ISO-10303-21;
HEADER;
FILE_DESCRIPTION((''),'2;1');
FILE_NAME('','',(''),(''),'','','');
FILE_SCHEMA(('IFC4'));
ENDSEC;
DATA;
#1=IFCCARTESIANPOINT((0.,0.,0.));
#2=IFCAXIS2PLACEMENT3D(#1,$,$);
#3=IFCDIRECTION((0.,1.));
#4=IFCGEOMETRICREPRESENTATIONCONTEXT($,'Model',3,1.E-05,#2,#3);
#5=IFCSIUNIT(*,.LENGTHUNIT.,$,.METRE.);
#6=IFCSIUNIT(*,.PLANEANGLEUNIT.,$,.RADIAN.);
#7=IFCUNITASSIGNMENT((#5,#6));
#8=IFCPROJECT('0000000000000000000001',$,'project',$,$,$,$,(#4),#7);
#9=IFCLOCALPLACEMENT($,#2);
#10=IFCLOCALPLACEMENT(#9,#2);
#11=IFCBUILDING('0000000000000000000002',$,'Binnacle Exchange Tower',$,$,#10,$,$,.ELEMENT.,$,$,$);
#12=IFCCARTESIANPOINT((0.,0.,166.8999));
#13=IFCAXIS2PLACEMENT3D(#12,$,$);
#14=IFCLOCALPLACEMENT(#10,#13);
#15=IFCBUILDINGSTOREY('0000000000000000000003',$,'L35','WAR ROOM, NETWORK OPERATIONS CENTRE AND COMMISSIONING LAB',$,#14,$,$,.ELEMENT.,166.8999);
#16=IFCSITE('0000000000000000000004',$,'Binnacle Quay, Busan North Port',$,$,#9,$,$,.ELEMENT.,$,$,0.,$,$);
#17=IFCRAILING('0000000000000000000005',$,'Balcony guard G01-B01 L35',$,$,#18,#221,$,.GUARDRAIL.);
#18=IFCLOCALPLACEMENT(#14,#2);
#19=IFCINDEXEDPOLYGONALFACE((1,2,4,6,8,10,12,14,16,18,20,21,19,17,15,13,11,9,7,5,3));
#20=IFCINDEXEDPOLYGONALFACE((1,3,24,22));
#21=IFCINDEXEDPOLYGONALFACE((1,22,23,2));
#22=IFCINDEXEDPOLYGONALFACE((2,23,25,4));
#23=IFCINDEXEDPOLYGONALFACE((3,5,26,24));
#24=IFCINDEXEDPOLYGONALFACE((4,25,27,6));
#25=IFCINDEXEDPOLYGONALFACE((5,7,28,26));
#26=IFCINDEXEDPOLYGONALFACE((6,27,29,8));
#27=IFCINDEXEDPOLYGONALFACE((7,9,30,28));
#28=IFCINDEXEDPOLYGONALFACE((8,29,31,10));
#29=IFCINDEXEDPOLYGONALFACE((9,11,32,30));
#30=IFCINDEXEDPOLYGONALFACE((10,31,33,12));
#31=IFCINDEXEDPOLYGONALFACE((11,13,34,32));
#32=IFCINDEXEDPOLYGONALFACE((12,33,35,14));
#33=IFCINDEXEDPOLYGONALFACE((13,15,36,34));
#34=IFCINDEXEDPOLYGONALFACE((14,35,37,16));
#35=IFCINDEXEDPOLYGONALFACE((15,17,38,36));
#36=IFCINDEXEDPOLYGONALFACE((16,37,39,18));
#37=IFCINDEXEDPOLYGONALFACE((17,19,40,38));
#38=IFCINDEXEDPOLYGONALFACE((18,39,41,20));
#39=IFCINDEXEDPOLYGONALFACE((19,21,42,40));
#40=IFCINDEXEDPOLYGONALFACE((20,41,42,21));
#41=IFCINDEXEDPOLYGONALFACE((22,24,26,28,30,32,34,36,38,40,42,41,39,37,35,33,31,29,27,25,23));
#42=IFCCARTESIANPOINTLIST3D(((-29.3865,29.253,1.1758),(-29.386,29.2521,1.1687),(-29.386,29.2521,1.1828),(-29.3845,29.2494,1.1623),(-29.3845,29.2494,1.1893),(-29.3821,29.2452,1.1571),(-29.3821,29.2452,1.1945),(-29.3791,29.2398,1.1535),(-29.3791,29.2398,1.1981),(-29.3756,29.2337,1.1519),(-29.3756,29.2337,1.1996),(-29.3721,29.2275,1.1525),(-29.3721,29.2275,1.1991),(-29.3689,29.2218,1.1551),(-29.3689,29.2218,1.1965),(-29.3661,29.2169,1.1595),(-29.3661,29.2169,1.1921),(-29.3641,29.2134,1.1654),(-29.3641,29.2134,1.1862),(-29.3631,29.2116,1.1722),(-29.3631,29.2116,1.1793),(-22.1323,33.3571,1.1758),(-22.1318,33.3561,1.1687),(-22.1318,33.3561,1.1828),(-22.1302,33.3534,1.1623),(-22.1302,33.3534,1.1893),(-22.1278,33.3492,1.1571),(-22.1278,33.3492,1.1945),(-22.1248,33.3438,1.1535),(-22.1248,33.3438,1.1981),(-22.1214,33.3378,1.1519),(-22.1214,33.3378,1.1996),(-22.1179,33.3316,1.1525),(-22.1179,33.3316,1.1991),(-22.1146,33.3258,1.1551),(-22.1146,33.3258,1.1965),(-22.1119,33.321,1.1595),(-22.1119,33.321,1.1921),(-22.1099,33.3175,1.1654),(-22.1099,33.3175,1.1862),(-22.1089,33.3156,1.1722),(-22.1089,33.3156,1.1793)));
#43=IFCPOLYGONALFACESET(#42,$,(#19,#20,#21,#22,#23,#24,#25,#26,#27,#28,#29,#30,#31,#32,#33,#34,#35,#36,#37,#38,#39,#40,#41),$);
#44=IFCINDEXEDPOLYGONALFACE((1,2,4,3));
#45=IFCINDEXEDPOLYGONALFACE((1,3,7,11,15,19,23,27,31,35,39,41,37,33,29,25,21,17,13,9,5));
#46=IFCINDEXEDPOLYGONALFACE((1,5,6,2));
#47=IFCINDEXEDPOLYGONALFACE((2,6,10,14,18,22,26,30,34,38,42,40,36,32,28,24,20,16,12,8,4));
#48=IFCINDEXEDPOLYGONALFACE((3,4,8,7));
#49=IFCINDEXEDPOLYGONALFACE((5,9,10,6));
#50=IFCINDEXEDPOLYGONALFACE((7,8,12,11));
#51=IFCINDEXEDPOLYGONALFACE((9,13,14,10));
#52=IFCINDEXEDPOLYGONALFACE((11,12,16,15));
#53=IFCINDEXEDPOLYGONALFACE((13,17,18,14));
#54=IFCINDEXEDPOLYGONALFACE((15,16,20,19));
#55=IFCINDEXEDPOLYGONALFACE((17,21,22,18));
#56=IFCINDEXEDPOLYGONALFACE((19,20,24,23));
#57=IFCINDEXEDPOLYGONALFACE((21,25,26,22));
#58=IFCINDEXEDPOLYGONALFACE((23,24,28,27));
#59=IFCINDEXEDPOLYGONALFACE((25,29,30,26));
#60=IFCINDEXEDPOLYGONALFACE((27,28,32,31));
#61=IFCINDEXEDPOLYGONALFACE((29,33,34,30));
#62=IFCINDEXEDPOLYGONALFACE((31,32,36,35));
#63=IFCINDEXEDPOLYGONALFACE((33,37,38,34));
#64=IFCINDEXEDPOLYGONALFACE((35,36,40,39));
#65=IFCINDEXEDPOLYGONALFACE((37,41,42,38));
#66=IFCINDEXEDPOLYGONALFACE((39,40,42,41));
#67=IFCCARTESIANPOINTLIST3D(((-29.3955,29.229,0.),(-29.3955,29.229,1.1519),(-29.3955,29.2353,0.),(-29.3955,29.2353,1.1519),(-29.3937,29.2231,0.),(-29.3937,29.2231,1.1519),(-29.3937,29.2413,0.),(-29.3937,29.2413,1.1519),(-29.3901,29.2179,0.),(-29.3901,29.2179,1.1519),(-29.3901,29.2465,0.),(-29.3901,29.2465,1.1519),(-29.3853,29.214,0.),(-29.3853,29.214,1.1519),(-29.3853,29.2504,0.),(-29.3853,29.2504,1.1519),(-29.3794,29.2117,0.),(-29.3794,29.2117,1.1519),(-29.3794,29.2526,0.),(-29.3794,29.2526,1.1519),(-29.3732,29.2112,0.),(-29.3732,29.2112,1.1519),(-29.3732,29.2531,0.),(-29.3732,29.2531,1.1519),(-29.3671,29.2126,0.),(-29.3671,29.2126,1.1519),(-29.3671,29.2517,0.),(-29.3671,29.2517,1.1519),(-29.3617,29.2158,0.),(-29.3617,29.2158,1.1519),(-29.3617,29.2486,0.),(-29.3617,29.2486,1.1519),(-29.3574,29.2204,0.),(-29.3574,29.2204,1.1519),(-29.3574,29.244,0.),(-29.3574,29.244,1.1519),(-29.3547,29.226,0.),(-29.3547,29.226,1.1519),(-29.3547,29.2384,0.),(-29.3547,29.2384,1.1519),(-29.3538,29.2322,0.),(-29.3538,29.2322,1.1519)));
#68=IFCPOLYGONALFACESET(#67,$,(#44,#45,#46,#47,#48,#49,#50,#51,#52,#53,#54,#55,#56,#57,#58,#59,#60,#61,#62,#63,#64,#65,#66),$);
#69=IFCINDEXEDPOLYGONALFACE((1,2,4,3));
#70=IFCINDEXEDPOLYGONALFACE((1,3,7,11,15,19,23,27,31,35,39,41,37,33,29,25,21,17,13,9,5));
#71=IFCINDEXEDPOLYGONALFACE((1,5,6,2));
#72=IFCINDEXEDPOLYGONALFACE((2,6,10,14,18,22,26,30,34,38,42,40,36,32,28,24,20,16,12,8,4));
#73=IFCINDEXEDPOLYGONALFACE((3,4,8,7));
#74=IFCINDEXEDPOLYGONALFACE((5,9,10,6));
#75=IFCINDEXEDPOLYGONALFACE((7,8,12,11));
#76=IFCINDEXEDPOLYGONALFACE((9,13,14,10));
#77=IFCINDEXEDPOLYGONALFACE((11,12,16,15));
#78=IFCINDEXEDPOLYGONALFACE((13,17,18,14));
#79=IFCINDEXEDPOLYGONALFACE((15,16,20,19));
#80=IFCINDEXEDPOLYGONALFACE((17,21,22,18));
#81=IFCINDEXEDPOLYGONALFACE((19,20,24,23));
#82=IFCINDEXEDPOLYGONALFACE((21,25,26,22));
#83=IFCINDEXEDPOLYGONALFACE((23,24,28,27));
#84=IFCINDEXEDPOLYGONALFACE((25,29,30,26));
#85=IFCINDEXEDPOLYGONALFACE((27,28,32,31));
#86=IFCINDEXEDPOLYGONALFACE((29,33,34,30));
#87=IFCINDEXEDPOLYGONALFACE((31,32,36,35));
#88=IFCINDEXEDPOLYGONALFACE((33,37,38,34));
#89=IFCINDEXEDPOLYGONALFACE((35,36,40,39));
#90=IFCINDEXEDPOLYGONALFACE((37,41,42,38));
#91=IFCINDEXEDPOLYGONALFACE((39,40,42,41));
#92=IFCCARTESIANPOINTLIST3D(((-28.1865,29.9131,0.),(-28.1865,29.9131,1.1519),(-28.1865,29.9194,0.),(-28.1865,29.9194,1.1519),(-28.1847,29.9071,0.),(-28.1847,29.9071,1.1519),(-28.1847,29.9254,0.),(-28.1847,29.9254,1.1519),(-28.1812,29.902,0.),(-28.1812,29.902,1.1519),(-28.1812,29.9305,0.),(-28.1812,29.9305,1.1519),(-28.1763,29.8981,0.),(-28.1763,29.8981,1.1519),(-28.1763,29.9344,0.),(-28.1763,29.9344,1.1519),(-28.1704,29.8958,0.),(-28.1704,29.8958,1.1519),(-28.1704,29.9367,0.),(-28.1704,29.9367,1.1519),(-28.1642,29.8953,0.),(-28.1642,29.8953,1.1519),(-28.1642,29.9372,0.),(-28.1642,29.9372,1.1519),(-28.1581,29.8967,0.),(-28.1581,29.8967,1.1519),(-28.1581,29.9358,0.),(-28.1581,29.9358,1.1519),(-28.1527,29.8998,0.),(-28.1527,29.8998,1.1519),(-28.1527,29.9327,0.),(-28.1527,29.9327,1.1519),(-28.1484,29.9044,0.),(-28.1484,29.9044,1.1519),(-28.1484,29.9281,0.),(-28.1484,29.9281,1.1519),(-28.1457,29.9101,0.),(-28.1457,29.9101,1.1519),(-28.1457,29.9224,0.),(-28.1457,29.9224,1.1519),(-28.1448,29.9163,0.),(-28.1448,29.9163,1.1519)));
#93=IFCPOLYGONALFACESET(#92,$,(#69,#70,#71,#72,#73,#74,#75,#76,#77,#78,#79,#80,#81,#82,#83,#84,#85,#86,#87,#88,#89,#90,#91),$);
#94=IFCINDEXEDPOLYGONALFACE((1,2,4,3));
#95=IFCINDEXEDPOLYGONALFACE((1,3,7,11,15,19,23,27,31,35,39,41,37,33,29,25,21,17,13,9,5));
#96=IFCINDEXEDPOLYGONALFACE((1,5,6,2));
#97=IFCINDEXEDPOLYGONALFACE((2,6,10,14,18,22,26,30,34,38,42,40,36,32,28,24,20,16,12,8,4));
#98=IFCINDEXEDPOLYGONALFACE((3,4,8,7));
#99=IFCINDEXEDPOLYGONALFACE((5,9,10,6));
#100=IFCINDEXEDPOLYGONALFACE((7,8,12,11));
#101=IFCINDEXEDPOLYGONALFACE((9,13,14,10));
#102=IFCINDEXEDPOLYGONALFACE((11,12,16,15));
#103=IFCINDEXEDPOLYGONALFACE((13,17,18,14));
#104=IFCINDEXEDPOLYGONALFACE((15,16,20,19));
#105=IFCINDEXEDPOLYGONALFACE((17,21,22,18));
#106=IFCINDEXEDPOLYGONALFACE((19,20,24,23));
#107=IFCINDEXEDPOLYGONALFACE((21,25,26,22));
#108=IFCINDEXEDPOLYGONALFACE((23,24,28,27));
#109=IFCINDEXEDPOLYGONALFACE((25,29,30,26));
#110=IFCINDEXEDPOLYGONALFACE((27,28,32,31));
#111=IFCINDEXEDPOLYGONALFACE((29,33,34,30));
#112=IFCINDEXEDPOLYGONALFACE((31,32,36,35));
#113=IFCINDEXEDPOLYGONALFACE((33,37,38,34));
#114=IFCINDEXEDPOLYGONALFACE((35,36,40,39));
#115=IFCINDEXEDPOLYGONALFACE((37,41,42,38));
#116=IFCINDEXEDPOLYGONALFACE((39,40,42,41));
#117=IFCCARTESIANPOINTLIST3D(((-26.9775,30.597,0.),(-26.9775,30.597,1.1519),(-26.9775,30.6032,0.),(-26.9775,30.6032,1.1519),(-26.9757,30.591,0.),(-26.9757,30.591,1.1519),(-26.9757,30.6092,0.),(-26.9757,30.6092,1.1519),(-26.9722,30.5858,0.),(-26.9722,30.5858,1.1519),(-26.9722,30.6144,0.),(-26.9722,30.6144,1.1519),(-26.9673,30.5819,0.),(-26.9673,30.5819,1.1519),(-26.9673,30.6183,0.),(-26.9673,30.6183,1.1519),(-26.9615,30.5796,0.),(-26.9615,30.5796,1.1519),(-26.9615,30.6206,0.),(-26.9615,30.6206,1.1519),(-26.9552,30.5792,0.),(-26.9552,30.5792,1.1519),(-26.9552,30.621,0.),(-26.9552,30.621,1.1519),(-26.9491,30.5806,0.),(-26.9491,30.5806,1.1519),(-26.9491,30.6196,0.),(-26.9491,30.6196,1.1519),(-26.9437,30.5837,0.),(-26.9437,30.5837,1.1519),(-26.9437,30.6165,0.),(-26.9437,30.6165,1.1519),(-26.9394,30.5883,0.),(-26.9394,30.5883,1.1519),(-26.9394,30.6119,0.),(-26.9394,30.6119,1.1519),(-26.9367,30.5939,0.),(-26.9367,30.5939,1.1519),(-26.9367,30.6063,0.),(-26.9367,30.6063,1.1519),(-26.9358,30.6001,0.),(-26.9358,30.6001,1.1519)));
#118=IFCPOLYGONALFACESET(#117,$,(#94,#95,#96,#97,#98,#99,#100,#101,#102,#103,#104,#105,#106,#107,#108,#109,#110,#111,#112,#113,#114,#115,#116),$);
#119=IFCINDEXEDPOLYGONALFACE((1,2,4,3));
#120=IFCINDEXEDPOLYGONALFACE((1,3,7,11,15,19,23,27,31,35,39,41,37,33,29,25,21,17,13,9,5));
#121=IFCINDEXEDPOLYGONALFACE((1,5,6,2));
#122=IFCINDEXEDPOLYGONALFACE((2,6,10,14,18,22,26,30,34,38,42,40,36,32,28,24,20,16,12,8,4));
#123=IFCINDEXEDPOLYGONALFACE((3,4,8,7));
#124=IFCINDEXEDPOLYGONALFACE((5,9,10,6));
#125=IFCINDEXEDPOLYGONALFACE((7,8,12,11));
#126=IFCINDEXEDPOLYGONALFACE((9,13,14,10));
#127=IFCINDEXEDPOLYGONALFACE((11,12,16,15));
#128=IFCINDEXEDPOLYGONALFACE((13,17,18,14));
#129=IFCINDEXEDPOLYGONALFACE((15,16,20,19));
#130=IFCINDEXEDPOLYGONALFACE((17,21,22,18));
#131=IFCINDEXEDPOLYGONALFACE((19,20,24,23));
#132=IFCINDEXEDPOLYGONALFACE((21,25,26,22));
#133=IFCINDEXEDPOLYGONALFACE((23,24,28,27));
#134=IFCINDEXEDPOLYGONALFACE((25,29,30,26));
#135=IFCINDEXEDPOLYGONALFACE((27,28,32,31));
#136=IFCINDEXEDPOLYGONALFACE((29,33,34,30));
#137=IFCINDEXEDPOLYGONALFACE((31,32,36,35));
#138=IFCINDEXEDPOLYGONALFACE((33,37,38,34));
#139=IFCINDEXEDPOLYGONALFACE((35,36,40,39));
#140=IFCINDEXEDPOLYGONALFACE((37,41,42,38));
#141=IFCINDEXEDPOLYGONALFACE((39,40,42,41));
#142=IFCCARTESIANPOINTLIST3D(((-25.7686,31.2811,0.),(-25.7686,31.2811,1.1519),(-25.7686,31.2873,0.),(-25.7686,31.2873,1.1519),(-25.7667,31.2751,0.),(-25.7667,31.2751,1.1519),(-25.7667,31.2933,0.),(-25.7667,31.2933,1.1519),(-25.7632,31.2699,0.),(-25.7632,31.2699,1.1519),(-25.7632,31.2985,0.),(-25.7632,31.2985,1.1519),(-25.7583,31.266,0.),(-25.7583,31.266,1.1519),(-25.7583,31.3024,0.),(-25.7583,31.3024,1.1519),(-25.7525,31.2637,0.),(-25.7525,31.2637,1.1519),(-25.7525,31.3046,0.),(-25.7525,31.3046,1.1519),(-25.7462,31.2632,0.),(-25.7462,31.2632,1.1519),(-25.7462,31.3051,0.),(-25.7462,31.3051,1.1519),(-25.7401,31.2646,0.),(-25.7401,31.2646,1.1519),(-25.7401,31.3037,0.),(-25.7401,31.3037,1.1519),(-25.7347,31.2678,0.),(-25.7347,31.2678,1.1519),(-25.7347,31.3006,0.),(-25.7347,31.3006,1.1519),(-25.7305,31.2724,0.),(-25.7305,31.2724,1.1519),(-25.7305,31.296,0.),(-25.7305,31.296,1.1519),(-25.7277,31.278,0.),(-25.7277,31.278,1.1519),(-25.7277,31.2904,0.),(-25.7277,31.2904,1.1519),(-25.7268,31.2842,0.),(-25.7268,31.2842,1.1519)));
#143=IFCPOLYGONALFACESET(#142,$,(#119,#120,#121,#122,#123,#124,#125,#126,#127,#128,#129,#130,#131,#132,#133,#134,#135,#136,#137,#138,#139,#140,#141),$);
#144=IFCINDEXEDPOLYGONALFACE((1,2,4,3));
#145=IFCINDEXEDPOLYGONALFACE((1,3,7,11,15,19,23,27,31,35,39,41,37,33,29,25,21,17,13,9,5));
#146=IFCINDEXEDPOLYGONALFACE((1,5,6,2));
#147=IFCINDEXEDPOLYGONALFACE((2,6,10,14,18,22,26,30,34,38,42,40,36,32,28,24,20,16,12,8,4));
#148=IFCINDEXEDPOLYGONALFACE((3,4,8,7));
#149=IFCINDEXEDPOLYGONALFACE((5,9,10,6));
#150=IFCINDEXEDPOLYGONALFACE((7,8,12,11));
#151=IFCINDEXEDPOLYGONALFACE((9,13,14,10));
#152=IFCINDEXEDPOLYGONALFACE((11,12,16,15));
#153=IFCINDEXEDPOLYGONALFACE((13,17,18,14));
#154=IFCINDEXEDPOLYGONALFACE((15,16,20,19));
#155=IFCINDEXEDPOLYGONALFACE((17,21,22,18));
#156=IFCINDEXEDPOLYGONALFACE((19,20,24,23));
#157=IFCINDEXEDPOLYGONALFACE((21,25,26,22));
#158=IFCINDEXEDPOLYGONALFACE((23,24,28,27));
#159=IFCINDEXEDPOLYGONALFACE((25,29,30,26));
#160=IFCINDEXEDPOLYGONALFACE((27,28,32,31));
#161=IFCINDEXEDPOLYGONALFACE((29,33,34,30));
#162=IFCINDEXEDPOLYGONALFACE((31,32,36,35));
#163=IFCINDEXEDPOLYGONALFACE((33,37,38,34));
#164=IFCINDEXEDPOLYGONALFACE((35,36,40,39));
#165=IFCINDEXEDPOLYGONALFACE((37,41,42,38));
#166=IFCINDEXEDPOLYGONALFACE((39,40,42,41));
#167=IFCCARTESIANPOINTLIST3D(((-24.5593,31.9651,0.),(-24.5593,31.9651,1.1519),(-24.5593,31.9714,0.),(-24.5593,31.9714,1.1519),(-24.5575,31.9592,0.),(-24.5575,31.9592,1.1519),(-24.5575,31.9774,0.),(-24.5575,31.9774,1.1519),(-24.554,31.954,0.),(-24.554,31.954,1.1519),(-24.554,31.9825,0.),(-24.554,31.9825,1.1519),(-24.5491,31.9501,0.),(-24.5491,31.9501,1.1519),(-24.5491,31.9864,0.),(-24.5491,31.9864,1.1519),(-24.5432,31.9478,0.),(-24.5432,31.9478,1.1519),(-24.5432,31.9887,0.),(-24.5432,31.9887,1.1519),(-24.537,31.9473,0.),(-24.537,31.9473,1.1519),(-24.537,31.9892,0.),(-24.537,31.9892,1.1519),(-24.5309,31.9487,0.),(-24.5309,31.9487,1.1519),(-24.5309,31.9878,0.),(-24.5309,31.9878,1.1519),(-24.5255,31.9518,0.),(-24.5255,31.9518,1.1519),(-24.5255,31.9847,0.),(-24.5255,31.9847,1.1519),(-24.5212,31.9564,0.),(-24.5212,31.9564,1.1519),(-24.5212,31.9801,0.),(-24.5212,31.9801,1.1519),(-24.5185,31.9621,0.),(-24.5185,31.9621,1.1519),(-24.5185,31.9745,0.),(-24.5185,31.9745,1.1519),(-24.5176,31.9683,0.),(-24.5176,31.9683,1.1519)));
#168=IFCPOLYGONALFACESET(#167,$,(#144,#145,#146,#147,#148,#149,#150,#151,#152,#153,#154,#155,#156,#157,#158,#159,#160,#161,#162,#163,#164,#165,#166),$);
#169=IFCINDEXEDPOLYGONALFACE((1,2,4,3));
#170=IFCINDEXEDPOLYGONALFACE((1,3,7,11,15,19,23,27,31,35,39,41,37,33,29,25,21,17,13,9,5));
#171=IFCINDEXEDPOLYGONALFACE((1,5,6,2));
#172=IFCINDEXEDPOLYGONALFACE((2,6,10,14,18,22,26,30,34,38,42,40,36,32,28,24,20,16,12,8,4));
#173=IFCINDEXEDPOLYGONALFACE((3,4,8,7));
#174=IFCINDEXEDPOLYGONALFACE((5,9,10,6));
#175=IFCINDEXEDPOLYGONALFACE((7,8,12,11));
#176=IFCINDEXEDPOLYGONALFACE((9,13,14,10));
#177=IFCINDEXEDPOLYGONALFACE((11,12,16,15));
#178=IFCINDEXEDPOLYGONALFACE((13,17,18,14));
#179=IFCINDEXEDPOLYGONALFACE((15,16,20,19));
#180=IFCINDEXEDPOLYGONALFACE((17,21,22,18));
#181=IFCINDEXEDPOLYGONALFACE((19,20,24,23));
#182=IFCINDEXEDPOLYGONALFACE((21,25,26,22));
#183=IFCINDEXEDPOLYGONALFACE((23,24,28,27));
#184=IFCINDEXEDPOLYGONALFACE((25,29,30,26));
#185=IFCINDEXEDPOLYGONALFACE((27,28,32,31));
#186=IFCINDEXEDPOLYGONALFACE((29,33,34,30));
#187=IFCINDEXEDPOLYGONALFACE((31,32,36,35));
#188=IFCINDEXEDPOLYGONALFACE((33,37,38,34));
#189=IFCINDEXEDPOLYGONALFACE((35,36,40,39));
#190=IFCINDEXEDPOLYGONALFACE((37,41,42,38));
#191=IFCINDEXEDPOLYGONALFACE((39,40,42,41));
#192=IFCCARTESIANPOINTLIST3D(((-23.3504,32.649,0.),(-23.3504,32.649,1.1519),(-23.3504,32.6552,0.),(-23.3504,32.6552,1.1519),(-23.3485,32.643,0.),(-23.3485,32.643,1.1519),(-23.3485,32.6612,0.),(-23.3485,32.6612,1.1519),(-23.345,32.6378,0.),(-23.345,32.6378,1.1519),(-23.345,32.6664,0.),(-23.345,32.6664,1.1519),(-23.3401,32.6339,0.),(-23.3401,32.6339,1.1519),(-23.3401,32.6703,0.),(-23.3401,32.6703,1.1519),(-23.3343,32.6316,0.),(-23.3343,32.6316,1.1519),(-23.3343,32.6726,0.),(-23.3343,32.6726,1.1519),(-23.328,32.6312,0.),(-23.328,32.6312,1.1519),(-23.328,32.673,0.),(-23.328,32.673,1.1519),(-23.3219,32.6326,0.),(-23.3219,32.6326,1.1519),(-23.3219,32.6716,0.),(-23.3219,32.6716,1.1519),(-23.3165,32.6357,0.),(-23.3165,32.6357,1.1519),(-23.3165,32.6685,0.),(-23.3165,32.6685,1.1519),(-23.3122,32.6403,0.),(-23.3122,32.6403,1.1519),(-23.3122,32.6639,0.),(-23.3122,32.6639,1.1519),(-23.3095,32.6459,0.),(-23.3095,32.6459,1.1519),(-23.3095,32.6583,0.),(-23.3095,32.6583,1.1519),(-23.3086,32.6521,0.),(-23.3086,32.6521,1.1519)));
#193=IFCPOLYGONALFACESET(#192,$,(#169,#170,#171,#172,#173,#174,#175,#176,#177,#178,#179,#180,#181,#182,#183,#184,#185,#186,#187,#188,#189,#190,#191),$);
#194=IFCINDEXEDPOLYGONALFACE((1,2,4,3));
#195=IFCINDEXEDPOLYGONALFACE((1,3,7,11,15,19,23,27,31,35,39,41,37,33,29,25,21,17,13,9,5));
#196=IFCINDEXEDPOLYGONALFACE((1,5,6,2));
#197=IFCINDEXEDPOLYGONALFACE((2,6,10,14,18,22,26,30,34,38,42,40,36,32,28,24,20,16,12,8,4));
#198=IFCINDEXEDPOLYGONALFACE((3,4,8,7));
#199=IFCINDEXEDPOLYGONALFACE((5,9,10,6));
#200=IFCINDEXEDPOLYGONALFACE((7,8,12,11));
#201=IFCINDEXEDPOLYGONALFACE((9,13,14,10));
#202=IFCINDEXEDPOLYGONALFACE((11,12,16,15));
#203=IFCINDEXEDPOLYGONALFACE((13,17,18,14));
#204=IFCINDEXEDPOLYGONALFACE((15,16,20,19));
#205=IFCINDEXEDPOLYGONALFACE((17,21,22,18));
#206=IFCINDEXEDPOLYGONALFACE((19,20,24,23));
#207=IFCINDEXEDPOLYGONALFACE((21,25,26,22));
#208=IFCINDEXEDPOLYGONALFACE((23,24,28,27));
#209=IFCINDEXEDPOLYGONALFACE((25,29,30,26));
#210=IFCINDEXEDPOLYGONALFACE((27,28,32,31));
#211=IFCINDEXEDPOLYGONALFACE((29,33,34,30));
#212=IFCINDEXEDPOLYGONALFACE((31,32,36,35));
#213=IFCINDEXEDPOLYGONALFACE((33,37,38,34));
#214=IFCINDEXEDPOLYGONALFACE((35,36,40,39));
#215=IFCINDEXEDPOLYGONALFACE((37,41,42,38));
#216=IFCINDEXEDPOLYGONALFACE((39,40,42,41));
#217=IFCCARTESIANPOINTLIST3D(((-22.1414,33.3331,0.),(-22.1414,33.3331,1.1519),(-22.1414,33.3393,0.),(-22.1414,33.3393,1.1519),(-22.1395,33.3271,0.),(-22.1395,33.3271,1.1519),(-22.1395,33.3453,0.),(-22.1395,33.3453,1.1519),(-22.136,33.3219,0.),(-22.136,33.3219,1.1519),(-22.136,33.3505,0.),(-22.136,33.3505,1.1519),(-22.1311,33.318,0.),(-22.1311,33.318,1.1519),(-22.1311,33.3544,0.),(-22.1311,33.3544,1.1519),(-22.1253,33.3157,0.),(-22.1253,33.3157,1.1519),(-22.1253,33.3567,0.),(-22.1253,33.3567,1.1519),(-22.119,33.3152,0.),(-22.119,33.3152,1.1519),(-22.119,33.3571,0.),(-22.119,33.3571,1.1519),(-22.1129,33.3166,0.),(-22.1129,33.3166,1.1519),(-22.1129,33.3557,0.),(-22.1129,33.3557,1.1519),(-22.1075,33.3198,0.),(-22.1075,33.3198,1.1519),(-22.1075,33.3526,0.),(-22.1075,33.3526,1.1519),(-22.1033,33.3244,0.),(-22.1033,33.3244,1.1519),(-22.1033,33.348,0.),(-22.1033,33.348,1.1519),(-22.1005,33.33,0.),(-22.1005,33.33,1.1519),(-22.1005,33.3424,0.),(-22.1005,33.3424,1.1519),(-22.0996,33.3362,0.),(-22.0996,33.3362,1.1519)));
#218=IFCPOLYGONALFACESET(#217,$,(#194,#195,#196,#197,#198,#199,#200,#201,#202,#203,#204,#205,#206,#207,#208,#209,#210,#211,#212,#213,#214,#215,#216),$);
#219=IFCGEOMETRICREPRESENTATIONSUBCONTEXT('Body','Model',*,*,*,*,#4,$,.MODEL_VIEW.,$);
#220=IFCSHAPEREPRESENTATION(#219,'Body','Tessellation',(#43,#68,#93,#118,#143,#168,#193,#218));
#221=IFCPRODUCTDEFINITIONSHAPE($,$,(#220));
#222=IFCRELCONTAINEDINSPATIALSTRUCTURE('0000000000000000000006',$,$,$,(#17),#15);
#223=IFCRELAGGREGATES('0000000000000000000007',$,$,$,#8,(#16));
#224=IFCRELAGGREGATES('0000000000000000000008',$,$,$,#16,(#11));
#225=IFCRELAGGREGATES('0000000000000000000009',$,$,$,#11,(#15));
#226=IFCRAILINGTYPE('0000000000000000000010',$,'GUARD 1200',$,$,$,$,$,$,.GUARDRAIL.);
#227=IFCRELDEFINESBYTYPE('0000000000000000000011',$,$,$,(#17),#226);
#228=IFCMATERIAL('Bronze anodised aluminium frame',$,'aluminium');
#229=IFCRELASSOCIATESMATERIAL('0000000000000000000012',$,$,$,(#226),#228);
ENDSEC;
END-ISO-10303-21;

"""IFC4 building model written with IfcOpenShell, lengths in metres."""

from ifc_helpers import new_model, si_unit, direction, frame, origin, origin_2d, place, context, subcontext, project, spatial, circle, extrude, material, type_object, element, save


model = new_model("IFC4")

# Units and contexts
model_context = context("Model", 3, precision=1e-05, world=origin(), true_north=direction((0.0, 1.0)))
body_context = subcontext(model_context, "Body", "Model", "MODEL_VIEW")
ifc_project = project(units=[si_unit("LENGTHUNIT", "METRE"), si_unit("PLANEANGLEUNIT", "RADIAN")], contexts=[model_context])

# Site, building, storey
site_placement = place(None, origin())
site = spatial("IfcSite", under=ifc_project, at=site_placement, Name="Binnacle Quay, Busan North Port", CompositionType="ELEMENT", RefElevation=0.0)
building_placement = place(site_placement, origin())
building = spatial("IfcBuilding", under=site, at=building_placement, Name="Binnacle Exchange Tower", CompositionType="ELEMENT")
storey_placement = place(building_placement, frame((0.0, 0.0, 166.8999)))
storey = spatial("IfcBuildingStorey", under=building, at=storey_placement, Name="L35", Description="WAR ROOM, NETWORK OPERATIONS CENTRE AND COMMISSIONING LAB", CompositionType="ELEMENT", Elevation=166.8999)

# Railing
ifc_material_1 = material(Name="Bronze anodised aluminium frame", Category="aluminium")
railing_type_1 = type_object("IfcRailingType", Name="GUARD 1200", PredefinedType="GUARDRAIL", material=ifc_material_1)
railing_1_placement = place(storey_placement, frame((-29.3748, 29.2322, 0.0)))
element("IfcRailing", 1, at=railing_1_placement, inside=storey, type_object=railing_type_1, Name="Balcony guard G01-B01 L35", PredefinedType="GUARDRAIL", context=body_context, shape_type="SweptSolid", body=[
    extrude(circle(Radius=0.0239, at=origin_2d()), frame((0.0, 0.0, 1.1758), z_axis=(0.870366, 0.492406, 0.0), x_axis=(-0.492406, 0.870366, 0.0)), (0.0, 0.0, 1.0), 8.3347),
    extrude(circle(Radius=0.021, at=origin_2d()), origin(), (0.0, 0.0, 1.0), 1.1519),
    extrude(circle(Radius=0.021, at=origin_2d()), frame((1.209, 0.6841, 0.0)), (0.0, 0.0, 1.0), 1.1519),
    extrude(circle(Radius=0.021, at=origin_2d()), frame((2.418, 1.3679, 0.0)), (0.0, 0.0, 1.0), 1.1519),
    extrude(circle(Radius=0.021, at=origin_2d()), frame((3.627, 2.052, 0.0)), (0.0, 0.0, 1.0), 1.1519),
    extrude(circle(Radius=0.021, at=origin_2d()), frame((4.8362, 2.7361, 0.0)), (0.0, 0.0, 1.0), 1.1519),
    extrude(circle(Radius=0.021, at=origin_2d()), frame((6.0452, 3.4199, 0.0)), (0.0, 0.0, 1.0), 1.1519),
    extrude(circle(Radius=0.021, at=origin_2d()), frame((7.2542, 4.104, 0.0)), (0.0, 0.0, 1.0), 1.1519),
])

save(model, "model.ifc")
